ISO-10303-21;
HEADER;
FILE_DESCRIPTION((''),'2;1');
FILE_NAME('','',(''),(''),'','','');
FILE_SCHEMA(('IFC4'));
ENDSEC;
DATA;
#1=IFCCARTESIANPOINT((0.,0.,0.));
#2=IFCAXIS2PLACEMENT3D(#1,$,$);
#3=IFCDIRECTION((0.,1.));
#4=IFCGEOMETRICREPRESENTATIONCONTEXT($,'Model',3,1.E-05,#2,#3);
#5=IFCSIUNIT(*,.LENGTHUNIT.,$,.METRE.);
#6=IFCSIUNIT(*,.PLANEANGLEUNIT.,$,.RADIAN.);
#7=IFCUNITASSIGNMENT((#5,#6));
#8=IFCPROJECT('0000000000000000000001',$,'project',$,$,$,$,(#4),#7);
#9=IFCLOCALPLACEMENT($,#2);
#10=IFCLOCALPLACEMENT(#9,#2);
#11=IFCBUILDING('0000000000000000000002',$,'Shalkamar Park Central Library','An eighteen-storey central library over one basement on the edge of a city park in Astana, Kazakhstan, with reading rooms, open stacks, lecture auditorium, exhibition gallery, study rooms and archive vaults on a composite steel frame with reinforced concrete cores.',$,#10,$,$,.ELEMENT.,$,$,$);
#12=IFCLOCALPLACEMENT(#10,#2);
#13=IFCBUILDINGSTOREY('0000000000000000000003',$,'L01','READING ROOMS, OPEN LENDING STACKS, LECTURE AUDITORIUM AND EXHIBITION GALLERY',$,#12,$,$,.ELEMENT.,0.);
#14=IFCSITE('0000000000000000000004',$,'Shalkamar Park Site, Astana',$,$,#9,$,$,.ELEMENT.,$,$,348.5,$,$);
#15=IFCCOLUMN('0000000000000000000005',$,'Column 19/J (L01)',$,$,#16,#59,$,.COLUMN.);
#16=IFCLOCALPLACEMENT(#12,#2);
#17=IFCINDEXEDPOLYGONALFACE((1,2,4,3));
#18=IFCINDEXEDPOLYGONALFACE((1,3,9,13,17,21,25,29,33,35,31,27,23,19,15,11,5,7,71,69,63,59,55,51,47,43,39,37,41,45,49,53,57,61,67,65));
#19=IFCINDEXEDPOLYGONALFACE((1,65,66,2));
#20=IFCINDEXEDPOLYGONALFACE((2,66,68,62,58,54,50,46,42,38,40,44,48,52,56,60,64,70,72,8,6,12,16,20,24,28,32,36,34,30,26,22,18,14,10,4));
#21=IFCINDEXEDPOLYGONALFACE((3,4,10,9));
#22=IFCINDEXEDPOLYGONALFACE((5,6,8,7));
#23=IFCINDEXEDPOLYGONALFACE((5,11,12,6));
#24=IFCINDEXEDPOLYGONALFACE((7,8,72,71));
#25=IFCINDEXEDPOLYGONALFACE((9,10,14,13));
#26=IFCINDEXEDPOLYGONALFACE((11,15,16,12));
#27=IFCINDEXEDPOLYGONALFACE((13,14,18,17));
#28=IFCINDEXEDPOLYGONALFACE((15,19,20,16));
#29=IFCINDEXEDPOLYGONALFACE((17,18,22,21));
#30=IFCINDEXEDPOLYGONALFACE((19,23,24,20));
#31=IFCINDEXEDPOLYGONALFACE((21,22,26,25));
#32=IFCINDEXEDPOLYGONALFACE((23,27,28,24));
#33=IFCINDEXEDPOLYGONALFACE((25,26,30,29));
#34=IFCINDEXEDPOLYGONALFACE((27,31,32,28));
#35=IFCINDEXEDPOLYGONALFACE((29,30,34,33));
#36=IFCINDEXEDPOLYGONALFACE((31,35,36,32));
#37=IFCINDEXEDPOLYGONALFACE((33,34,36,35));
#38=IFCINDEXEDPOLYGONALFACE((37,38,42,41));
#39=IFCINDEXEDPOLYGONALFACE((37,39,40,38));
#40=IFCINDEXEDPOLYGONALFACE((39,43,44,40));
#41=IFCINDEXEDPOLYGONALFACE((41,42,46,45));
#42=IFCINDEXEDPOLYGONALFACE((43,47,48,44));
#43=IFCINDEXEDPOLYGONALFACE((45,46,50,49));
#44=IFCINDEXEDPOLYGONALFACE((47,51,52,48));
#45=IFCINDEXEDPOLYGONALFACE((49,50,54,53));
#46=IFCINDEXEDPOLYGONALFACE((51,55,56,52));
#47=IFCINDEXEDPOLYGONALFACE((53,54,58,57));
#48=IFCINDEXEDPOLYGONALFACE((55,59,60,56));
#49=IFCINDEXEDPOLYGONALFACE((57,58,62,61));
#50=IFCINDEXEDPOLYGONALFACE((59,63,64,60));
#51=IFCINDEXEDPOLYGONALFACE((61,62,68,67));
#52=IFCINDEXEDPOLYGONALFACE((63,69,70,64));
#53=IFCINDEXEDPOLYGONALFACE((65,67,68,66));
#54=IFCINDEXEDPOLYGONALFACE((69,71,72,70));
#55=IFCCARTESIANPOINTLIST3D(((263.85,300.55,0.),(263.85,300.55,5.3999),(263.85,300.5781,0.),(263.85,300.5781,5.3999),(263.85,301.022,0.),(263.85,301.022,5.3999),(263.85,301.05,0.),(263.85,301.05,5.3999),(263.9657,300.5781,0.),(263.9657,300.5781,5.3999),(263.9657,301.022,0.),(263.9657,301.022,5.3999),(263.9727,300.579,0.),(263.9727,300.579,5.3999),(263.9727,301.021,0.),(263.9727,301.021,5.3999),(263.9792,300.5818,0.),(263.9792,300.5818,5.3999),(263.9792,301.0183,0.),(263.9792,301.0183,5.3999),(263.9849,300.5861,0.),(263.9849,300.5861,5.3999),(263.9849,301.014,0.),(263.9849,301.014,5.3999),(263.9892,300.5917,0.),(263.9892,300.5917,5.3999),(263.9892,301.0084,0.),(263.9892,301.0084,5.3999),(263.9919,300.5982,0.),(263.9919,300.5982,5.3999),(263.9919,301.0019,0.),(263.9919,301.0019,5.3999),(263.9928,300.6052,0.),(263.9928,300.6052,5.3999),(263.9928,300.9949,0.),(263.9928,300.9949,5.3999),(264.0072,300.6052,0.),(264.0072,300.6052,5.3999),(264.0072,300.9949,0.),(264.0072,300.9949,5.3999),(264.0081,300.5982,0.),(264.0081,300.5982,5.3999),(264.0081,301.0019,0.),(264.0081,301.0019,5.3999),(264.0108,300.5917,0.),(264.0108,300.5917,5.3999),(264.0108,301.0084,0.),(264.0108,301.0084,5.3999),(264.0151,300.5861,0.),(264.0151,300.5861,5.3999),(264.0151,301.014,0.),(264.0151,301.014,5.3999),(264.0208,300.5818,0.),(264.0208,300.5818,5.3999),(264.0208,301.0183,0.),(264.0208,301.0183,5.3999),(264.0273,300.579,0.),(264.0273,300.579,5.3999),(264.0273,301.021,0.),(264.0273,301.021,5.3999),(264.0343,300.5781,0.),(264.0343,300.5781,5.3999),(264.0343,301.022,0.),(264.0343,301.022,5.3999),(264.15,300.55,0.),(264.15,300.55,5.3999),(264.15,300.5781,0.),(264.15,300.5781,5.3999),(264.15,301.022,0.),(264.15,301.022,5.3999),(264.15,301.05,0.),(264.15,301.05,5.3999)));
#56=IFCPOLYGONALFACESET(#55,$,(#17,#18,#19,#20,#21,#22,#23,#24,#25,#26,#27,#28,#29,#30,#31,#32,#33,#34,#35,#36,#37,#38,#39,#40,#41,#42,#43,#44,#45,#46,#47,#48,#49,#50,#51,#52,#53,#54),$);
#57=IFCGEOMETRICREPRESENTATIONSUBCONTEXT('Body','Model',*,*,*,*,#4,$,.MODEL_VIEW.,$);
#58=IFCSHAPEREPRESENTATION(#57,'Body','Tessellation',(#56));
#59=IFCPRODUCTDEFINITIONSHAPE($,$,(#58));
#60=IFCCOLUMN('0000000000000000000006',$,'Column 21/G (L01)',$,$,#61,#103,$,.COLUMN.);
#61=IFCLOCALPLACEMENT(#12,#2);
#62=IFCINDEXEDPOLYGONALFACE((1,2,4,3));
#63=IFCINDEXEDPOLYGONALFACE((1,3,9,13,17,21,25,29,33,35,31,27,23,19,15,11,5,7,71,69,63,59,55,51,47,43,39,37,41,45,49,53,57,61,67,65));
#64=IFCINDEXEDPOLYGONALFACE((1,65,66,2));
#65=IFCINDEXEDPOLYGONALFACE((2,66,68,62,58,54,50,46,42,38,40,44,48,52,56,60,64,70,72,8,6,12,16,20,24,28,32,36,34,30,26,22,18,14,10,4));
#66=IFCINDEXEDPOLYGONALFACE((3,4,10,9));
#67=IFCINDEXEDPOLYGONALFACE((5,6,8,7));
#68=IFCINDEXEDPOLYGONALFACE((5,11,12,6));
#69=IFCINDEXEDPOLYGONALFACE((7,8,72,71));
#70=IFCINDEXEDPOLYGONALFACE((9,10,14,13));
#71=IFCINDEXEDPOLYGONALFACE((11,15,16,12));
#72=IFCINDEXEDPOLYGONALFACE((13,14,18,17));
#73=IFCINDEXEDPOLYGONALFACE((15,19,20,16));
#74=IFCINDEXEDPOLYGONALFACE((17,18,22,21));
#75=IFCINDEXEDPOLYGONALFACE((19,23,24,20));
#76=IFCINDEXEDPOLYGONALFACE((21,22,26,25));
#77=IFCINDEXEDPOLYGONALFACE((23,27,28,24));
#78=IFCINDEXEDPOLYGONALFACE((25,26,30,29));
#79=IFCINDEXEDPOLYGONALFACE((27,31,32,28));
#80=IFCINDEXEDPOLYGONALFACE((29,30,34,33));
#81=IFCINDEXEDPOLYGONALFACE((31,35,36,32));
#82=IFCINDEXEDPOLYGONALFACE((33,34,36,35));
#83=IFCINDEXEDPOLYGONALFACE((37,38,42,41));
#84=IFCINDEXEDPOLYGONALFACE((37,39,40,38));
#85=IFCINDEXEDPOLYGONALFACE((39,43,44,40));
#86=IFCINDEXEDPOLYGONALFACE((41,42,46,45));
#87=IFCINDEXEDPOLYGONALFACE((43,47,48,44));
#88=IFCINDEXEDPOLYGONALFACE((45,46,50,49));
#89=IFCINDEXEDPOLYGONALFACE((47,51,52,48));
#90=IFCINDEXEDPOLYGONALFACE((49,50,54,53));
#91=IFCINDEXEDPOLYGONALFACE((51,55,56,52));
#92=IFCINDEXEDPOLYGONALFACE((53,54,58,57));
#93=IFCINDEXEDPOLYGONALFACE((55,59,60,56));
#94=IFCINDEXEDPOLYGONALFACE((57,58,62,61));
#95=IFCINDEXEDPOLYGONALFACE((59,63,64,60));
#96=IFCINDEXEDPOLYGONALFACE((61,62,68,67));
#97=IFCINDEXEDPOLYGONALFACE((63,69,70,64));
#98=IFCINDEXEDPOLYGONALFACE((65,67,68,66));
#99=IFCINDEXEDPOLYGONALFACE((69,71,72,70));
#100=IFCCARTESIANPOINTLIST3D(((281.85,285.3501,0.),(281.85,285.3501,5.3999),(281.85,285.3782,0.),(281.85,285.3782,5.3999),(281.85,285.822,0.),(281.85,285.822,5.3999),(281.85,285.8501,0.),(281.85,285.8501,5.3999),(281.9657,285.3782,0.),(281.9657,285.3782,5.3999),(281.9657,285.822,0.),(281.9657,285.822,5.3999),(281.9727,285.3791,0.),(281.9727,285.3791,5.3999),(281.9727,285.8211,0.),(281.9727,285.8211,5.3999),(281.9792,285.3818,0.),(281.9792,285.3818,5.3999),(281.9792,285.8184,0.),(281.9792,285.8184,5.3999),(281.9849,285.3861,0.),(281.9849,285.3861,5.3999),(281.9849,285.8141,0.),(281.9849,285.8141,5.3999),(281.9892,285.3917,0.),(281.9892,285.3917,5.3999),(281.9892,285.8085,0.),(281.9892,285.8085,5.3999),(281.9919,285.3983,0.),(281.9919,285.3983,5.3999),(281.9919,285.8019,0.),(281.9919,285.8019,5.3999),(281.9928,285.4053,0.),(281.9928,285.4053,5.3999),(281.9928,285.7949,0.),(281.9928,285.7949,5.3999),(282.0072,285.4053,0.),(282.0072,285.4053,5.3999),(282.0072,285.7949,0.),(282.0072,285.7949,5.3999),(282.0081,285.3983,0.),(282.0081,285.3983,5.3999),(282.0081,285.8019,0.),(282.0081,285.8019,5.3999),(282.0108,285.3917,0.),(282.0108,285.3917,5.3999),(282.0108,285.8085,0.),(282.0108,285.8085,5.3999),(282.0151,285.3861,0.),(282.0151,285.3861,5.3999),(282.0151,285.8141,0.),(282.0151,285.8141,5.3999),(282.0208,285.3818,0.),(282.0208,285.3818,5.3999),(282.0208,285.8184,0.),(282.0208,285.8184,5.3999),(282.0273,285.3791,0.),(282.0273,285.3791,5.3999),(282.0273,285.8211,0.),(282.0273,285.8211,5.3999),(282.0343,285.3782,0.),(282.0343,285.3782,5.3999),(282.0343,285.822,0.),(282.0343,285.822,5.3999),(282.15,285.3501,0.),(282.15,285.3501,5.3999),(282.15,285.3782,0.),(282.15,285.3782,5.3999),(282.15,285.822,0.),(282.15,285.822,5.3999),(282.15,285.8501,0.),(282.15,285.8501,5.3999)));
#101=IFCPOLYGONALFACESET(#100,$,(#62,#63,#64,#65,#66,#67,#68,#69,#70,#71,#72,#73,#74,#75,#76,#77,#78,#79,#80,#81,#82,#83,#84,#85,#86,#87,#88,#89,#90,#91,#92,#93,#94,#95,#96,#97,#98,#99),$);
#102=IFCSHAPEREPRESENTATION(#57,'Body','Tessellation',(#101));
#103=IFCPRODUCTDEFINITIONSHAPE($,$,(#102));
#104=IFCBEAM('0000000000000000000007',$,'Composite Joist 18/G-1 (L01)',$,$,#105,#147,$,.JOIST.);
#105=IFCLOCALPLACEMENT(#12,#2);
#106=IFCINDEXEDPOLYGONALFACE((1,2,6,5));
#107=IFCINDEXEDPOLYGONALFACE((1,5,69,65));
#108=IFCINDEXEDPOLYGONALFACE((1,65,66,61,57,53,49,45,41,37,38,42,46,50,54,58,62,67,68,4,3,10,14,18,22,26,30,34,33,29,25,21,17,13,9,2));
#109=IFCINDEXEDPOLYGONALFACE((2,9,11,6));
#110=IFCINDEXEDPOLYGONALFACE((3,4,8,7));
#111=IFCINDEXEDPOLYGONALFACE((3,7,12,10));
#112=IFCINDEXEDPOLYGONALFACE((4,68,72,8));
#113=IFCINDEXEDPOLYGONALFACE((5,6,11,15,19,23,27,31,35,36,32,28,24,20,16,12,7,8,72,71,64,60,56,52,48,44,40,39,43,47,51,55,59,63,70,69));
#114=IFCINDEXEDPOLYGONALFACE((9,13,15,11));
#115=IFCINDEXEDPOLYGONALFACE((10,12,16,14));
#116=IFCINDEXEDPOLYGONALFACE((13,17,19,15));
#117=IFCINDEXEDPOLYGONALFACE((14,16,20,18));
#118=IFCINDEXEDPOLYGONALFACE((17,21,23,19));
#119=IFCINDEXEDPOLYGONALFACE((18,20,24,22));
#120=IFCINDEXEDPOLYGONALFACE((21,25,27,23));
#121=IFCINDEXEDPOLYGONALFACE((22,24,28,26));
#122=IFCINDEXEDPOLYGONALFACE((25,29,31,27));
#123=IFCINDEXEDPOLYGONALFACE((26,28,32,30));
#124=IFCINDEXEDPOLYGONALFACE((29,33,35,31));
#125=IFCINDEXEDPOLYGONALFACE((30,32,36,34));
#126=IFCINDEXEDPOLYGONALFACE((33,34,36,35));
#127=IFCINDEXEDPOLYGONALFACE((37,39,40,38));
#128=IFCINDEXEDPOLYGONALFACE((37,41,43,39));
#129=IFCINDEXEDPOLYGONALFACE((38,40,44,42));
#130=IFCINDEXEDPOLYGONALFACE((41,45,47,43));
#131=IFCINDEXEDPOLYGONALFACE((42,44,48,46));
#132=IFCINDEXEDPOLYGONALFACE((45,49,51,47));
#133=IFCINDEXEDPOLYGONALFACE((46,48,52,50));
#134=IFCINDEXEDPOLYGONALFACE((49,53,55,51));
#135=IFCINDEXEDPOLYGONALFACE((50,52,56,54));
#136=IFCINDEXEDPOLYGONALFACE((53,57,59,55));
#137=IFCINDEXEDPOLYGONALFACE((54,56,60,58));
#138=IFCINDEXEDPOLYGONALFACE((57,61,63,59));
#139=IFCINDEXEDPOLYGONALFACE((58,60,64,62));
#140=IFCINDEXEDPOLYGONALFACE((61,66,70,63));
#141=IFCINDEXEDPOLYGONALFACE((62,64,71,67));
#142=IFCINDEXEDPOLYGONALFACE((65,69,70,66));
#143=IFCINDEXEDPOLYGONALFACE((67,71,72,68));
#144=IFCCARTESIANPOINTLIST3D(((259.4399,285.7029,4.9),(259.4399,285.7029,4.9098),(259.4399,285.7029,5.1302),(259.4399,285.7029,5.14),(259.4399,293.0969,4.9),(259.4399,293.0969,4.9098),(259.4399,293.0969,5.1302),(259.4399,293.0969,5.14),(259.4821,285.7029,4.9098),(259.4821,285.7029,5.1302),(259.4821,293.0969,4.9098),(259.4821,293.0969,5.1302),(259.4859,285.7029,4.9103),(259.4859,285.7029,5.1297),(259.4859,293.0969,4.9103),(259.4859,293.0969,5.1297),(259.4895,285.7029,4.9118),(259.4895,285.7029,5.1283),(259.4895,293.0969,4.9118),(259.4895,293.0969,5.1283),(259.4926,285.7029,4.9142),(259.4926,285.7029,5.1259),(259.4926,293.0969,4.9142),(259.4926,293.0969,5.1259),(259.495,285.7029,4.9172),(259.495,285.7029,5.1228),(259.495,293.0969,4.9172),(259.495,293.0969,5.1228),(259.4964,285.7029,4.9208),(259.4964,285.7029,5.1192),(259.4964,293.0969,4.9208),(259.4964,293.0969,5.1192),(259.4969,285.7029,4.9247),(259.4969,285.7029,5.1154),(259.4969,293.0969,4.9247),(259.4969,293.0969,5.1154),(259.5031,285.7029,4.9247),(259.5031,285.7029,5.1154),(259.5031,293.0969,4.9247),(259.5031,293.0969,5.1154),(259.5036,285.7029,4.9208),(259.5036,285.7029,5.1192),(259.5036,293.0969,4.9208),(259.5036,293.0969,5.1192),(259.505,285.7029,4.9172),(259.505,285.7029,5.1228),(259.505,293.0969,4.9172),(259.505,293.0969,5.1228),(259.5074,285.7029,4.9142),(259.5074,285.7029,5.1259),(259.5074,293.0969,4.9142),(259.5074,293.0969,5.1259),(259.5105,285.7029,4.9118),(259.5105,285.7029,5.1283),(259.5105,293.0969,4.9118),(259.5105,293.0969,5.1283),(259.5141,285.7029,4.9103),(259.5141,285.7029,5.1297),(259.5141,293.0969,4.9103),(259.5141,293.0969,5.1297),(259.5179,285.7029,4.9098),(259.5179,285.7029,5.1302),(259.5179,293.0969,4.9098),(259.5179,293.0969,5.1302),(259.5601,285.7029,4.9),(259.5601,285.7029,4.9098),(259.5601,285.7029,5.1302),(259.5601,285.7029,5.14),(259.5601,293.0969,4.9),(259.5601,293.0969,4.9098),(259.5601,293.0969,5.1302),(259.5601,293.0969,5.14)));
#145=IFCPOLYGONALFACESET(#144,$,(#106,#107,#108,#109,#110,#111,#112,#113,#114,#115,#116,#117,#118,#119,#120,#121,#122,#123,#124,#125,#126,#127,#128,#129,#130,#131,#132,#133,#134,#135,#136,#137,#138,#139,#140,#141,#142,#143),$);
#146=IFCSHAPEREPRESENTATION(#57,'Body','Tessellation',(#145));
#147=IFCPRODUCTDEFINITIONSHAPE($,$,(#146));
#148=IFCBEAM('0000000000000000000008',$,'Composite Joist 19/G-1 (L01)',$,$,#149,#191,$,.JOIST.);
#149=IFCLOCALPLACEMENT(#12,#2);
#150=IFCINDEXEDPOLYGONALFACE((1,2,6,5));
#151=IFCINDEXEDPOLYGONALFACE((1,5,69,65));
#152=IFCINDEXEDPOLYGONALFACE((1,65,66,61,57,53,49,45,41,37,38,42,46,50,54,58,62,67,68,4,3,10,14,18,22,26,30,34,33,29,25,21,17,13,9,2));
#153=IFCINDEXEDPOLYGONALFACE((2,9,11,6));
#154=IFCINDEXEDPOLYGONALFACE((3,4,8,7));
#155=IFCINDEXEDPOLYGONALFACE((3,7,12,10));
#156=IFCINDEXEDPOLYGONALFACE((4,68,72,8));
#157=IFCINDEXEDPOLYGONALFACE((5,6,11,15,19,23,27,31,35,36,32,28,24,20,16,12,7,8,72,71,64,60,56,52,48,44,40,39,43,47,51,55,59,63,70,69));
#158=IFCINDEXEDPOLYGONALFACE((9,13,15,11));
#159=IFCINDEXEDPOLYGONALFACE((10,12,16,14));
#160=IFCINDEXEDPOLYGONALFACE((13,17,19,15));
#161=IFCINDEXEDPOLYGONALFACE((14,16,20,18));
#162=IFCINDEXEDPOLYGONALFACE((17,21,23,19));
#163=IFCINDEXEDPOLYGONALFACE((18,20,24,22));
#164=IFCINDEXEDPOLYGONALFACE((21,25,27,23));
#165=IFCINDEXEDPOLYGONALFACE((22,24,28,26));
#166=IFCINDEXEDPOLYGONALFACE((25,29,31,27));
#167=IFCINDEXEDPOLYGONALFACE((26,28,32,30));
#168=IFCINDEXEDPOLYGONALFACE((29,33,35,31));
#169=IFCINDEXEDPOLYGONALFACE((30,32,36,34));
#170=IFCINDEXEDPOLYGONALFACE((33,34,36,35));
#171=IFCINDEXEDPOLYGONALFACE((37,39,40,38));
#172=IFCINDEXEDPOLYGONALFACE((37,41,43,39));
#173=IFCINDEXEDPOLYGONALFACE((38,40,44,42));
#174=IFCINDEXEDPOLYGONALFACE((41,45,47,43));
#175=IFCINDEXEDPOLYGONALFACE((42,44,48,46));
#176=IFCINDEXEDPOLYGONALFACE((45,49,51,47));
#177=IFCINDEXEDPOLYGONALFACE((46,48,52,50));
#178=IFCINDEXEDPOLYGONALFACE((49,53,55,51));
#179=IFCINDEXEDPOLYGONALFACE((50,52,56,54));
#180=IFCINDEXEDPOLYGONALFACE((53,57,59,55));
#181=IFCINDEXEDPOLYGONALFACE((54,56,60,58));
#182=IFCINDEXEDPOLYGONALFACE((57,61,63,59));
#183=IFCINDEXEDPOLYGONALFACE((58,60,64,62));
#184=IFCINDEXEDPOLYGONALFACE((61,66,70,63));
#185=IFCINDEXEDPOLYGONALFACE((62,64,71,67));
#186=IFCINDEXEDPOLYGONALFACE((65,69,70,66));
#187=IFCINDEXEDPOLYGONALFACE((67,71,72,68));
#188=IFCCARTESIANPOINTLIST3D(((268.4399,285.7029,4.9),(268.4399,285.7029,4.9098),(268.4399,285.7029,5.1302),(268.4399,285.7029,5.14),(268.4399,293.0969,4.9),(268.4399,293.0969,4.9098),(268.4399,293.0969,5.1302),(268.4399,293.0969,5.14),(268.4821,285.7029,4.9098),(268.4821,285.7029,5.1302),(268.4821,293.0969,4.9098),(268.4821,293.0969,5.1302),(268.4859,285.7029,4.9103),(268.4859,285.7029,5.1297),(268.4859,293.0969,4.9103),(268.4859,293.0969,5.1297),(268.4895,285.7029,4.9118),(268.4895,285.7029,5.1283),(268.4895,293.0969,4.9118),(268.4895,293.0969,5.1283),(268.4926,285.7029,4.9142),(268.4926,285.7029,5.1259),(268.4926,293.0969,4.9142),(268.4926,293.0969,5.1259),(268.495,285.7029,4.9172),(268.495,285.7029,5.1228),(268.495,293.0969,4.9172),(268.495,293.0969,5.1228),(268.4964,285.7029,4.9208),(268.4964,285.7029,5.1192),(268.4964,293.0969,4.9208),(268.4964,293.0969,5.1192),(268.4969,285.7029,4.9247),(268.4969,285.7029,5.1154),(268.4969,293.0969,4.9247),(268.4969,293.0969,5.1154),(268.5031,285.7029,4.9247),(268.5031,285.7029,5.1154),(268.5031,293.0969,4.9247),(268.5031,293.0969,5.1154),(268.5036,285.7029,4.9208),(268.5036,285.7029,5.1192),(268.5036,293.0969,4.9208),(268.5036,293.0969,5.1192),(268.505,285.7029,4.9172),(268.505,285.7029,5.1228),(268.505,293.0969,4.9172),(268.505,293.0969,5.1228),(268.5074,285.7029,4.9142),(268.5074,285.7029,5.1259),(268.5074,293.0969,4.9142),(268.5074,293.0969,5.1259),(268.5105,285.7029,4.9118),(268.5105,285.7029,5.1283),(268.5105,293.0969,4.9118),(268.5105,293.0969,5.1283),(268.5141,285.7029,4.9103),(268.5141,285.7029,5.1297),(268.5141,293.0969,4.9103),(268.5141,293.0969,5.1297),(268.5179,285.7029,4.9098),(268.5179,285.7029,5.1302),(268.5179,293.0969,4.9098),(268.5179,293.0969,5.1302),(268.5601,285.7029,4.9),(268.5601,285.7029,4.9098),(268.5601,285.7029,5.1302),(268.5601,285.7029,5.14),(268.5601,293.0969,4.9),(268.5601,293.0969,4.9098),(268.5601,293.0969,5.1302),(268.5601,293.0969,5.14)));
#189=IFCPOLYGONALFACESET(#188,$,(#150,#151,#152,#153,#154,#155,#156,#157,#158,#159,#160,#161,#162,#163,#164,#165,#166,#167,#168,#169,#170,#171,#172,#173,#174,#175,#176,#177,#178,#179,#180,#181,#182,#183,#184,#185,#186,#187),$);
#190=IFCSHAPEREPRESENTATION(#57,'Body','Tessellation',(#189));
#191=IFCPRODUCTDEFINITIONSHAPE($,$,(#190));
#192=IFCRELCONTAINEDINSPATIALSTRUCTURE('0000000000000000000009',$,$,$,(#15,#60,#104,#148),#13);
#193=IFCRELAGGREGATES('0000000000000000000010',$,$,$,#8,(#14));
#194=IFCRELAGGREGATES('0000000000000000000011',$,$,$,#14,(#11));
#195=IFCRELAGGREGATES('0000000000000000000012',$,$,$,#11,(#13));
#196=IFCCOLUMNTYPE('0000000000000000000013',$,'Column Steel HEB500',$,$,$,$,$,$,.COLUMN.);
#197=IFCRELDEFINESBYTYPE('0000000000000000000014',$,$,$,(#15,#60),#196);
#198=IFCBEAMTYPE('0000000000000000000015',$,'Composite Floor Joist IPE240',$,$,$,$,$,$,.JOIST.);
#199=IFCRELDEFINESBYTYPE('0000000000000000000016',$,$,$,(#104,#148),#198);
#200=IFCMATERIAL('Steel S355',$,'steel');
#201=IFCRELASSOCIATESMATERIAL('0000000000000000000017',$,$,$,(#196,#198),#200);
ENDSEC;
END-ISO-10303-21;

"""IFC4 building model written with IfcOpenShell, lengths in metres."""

from ifc_helpers import new_model, si_unit, direction, frame, origin, origin_2d, place, context, subcontext, project, spatial, i_section, extrude, material, material_profile, profile_set, type_object, element, save


model = new_model("IFC4")

# Units and contexts
model_context = context("Model", 3, precision=1e-05, world=origin(), true_north=direction((0.0, 1.0)))
body_context = subcontext(model_context, "Body", "Model", "MODEL_VIEW")
ifc_project = project(units=[si_unit("LENGTHUNIT", "METRE"), si_unit("PLANEANGLEUNIT", "RADIAN")], contexts=[model_context])

# Site, building, storey
site_placement = place(None, origin())
site = spatial("IfcSite", under=ifc_project, at=site_placement, Name="Shalkamar Park Site, Astana", CompositionType="ELEMENT", RefElevation=348.5)
building_placement = place(site_placement, origin())
building = spatial("IfcBuilding", under=site, at=building_placement, Name="Shalkamar Park Central Library", Description="An eighteen-storey central library over one basement on the edge of a city park in Astana, Kazakhstan, with reading rooms, open stacks, lecture auditorium, exhibition gallery, study rooms and archive vaults on a composite steel frame with reinforced concrete cores.", CompositionType="ELEMENT")
storey_placement = place(building_placement, origin())
storey = spatial("IfcBuildingStorey", under=building, at=storey_placement, Name="L01", Description="READING ROOMS, OPEN LENDING STACKS, LECTURE AUDITORIUM AND EXHIBITION GALLERY", CompositionType="ELEMENT", Elevation=0.0)

# Columns
ifc_material = material(Name="Steel S355", Category="steel")
ifc_material_profile_1 = material_profile(ifc_material, i_section(OverallWidth=0.3, OverallDepth=0.5, WebThickness=0.0144, FlangeThickness=0.0281, FilletRadius=0.0271, at=origin_2d()), Name="HEB 500")
ifc_profile_set_1 = profile_set([ifc_material_profile_1], Name="Steel S355")
column_type_1 = type_object("IfcColumnType", Name="Column Steel HEB500", PredefinedType="COLUMN", material=ifc_profile_set_1)
for number, where, z_axis, x_axis, name in (
    (1, (264.0, 300.8, 0.0), (0.0, 0.0, 1.0), (1.0, 0.0, 0.0), "Column 19/J (L01)"),
    (2, (282.0, 285.6001, 0.0), (0.0, 0.0, 1.0), (1.0, 0.0, 0.0), "Column 21/G (L01)"),
):
    element("IfcColumn", number, at=place(storey_placement, frame(where, z_axis=z_axis, x_axis=x_axis)), inside=storey, type_object=column_type_1, Name=name, PredefinedType="COLUMN", context=body_context, shape_type="SweptSolid", body=[
        extrude(i_section(OverallWidth=0.3, OverallDepth=0.5, WebThickness=0.0144, FlangeThickness=0.0281, FilletRadius=0.0271, at=origin_2d()), origin(), (0.0, 0.0, 1.0), 5.3999),
    ])

# Beams
ifc_material_profile_2 = material_profile(ifc_material, i_section(OverallWidth=0.1201, OverallDepth=0.24, WebThickness=0.0061, FlangeThickness=0.0098, FilletRadius=0.0149, at=origin_2d()), Name="IPE 240")
ifc_profile_set_2 = profile_set([ifc_material_profile_2], Name="Steel S355")
beam_type_1 = type_object("IfcBeamType", Name="Composite Floor Joist IPE240", PredefinedType="JOIST", material=ifc_profile_set_2)
for number, where, z_axis, x_axis, name in (
    (3, (259.5, 285.7029, 5.02), (0.0, 1.0, 0.0), (-1.0, 0.0, 0.0), "Composite Joist 18/G-1 (L01)"),
    (4, (268.5, 285.7029, 5.02), (0.0, 1.0, 0.0), (-1.0, 0.0, 0.0), "Composite Joist 19/G-1 (L01)"),
):
    element("IfcBeam", number, at=place(storey_placement, frame(where, z_axis=z_axis, x_axis=x_axis)), inside=storey, type_object=beam_type_1, Name=name, PredefinedType="JOIST", context=body_context, shape_type="SweptSolid", body=[
        extrude(i_section(OverallWidth=0.1201, OverallDepth=0.24, WebThickness=0.0061, FlangeThickness=0.0098, FilletRadius=0.0149, at=origin_2d()), origin(), (0.0, 0.0, 1.0), 7.394),
    ])

save(model, "model.ifc")
